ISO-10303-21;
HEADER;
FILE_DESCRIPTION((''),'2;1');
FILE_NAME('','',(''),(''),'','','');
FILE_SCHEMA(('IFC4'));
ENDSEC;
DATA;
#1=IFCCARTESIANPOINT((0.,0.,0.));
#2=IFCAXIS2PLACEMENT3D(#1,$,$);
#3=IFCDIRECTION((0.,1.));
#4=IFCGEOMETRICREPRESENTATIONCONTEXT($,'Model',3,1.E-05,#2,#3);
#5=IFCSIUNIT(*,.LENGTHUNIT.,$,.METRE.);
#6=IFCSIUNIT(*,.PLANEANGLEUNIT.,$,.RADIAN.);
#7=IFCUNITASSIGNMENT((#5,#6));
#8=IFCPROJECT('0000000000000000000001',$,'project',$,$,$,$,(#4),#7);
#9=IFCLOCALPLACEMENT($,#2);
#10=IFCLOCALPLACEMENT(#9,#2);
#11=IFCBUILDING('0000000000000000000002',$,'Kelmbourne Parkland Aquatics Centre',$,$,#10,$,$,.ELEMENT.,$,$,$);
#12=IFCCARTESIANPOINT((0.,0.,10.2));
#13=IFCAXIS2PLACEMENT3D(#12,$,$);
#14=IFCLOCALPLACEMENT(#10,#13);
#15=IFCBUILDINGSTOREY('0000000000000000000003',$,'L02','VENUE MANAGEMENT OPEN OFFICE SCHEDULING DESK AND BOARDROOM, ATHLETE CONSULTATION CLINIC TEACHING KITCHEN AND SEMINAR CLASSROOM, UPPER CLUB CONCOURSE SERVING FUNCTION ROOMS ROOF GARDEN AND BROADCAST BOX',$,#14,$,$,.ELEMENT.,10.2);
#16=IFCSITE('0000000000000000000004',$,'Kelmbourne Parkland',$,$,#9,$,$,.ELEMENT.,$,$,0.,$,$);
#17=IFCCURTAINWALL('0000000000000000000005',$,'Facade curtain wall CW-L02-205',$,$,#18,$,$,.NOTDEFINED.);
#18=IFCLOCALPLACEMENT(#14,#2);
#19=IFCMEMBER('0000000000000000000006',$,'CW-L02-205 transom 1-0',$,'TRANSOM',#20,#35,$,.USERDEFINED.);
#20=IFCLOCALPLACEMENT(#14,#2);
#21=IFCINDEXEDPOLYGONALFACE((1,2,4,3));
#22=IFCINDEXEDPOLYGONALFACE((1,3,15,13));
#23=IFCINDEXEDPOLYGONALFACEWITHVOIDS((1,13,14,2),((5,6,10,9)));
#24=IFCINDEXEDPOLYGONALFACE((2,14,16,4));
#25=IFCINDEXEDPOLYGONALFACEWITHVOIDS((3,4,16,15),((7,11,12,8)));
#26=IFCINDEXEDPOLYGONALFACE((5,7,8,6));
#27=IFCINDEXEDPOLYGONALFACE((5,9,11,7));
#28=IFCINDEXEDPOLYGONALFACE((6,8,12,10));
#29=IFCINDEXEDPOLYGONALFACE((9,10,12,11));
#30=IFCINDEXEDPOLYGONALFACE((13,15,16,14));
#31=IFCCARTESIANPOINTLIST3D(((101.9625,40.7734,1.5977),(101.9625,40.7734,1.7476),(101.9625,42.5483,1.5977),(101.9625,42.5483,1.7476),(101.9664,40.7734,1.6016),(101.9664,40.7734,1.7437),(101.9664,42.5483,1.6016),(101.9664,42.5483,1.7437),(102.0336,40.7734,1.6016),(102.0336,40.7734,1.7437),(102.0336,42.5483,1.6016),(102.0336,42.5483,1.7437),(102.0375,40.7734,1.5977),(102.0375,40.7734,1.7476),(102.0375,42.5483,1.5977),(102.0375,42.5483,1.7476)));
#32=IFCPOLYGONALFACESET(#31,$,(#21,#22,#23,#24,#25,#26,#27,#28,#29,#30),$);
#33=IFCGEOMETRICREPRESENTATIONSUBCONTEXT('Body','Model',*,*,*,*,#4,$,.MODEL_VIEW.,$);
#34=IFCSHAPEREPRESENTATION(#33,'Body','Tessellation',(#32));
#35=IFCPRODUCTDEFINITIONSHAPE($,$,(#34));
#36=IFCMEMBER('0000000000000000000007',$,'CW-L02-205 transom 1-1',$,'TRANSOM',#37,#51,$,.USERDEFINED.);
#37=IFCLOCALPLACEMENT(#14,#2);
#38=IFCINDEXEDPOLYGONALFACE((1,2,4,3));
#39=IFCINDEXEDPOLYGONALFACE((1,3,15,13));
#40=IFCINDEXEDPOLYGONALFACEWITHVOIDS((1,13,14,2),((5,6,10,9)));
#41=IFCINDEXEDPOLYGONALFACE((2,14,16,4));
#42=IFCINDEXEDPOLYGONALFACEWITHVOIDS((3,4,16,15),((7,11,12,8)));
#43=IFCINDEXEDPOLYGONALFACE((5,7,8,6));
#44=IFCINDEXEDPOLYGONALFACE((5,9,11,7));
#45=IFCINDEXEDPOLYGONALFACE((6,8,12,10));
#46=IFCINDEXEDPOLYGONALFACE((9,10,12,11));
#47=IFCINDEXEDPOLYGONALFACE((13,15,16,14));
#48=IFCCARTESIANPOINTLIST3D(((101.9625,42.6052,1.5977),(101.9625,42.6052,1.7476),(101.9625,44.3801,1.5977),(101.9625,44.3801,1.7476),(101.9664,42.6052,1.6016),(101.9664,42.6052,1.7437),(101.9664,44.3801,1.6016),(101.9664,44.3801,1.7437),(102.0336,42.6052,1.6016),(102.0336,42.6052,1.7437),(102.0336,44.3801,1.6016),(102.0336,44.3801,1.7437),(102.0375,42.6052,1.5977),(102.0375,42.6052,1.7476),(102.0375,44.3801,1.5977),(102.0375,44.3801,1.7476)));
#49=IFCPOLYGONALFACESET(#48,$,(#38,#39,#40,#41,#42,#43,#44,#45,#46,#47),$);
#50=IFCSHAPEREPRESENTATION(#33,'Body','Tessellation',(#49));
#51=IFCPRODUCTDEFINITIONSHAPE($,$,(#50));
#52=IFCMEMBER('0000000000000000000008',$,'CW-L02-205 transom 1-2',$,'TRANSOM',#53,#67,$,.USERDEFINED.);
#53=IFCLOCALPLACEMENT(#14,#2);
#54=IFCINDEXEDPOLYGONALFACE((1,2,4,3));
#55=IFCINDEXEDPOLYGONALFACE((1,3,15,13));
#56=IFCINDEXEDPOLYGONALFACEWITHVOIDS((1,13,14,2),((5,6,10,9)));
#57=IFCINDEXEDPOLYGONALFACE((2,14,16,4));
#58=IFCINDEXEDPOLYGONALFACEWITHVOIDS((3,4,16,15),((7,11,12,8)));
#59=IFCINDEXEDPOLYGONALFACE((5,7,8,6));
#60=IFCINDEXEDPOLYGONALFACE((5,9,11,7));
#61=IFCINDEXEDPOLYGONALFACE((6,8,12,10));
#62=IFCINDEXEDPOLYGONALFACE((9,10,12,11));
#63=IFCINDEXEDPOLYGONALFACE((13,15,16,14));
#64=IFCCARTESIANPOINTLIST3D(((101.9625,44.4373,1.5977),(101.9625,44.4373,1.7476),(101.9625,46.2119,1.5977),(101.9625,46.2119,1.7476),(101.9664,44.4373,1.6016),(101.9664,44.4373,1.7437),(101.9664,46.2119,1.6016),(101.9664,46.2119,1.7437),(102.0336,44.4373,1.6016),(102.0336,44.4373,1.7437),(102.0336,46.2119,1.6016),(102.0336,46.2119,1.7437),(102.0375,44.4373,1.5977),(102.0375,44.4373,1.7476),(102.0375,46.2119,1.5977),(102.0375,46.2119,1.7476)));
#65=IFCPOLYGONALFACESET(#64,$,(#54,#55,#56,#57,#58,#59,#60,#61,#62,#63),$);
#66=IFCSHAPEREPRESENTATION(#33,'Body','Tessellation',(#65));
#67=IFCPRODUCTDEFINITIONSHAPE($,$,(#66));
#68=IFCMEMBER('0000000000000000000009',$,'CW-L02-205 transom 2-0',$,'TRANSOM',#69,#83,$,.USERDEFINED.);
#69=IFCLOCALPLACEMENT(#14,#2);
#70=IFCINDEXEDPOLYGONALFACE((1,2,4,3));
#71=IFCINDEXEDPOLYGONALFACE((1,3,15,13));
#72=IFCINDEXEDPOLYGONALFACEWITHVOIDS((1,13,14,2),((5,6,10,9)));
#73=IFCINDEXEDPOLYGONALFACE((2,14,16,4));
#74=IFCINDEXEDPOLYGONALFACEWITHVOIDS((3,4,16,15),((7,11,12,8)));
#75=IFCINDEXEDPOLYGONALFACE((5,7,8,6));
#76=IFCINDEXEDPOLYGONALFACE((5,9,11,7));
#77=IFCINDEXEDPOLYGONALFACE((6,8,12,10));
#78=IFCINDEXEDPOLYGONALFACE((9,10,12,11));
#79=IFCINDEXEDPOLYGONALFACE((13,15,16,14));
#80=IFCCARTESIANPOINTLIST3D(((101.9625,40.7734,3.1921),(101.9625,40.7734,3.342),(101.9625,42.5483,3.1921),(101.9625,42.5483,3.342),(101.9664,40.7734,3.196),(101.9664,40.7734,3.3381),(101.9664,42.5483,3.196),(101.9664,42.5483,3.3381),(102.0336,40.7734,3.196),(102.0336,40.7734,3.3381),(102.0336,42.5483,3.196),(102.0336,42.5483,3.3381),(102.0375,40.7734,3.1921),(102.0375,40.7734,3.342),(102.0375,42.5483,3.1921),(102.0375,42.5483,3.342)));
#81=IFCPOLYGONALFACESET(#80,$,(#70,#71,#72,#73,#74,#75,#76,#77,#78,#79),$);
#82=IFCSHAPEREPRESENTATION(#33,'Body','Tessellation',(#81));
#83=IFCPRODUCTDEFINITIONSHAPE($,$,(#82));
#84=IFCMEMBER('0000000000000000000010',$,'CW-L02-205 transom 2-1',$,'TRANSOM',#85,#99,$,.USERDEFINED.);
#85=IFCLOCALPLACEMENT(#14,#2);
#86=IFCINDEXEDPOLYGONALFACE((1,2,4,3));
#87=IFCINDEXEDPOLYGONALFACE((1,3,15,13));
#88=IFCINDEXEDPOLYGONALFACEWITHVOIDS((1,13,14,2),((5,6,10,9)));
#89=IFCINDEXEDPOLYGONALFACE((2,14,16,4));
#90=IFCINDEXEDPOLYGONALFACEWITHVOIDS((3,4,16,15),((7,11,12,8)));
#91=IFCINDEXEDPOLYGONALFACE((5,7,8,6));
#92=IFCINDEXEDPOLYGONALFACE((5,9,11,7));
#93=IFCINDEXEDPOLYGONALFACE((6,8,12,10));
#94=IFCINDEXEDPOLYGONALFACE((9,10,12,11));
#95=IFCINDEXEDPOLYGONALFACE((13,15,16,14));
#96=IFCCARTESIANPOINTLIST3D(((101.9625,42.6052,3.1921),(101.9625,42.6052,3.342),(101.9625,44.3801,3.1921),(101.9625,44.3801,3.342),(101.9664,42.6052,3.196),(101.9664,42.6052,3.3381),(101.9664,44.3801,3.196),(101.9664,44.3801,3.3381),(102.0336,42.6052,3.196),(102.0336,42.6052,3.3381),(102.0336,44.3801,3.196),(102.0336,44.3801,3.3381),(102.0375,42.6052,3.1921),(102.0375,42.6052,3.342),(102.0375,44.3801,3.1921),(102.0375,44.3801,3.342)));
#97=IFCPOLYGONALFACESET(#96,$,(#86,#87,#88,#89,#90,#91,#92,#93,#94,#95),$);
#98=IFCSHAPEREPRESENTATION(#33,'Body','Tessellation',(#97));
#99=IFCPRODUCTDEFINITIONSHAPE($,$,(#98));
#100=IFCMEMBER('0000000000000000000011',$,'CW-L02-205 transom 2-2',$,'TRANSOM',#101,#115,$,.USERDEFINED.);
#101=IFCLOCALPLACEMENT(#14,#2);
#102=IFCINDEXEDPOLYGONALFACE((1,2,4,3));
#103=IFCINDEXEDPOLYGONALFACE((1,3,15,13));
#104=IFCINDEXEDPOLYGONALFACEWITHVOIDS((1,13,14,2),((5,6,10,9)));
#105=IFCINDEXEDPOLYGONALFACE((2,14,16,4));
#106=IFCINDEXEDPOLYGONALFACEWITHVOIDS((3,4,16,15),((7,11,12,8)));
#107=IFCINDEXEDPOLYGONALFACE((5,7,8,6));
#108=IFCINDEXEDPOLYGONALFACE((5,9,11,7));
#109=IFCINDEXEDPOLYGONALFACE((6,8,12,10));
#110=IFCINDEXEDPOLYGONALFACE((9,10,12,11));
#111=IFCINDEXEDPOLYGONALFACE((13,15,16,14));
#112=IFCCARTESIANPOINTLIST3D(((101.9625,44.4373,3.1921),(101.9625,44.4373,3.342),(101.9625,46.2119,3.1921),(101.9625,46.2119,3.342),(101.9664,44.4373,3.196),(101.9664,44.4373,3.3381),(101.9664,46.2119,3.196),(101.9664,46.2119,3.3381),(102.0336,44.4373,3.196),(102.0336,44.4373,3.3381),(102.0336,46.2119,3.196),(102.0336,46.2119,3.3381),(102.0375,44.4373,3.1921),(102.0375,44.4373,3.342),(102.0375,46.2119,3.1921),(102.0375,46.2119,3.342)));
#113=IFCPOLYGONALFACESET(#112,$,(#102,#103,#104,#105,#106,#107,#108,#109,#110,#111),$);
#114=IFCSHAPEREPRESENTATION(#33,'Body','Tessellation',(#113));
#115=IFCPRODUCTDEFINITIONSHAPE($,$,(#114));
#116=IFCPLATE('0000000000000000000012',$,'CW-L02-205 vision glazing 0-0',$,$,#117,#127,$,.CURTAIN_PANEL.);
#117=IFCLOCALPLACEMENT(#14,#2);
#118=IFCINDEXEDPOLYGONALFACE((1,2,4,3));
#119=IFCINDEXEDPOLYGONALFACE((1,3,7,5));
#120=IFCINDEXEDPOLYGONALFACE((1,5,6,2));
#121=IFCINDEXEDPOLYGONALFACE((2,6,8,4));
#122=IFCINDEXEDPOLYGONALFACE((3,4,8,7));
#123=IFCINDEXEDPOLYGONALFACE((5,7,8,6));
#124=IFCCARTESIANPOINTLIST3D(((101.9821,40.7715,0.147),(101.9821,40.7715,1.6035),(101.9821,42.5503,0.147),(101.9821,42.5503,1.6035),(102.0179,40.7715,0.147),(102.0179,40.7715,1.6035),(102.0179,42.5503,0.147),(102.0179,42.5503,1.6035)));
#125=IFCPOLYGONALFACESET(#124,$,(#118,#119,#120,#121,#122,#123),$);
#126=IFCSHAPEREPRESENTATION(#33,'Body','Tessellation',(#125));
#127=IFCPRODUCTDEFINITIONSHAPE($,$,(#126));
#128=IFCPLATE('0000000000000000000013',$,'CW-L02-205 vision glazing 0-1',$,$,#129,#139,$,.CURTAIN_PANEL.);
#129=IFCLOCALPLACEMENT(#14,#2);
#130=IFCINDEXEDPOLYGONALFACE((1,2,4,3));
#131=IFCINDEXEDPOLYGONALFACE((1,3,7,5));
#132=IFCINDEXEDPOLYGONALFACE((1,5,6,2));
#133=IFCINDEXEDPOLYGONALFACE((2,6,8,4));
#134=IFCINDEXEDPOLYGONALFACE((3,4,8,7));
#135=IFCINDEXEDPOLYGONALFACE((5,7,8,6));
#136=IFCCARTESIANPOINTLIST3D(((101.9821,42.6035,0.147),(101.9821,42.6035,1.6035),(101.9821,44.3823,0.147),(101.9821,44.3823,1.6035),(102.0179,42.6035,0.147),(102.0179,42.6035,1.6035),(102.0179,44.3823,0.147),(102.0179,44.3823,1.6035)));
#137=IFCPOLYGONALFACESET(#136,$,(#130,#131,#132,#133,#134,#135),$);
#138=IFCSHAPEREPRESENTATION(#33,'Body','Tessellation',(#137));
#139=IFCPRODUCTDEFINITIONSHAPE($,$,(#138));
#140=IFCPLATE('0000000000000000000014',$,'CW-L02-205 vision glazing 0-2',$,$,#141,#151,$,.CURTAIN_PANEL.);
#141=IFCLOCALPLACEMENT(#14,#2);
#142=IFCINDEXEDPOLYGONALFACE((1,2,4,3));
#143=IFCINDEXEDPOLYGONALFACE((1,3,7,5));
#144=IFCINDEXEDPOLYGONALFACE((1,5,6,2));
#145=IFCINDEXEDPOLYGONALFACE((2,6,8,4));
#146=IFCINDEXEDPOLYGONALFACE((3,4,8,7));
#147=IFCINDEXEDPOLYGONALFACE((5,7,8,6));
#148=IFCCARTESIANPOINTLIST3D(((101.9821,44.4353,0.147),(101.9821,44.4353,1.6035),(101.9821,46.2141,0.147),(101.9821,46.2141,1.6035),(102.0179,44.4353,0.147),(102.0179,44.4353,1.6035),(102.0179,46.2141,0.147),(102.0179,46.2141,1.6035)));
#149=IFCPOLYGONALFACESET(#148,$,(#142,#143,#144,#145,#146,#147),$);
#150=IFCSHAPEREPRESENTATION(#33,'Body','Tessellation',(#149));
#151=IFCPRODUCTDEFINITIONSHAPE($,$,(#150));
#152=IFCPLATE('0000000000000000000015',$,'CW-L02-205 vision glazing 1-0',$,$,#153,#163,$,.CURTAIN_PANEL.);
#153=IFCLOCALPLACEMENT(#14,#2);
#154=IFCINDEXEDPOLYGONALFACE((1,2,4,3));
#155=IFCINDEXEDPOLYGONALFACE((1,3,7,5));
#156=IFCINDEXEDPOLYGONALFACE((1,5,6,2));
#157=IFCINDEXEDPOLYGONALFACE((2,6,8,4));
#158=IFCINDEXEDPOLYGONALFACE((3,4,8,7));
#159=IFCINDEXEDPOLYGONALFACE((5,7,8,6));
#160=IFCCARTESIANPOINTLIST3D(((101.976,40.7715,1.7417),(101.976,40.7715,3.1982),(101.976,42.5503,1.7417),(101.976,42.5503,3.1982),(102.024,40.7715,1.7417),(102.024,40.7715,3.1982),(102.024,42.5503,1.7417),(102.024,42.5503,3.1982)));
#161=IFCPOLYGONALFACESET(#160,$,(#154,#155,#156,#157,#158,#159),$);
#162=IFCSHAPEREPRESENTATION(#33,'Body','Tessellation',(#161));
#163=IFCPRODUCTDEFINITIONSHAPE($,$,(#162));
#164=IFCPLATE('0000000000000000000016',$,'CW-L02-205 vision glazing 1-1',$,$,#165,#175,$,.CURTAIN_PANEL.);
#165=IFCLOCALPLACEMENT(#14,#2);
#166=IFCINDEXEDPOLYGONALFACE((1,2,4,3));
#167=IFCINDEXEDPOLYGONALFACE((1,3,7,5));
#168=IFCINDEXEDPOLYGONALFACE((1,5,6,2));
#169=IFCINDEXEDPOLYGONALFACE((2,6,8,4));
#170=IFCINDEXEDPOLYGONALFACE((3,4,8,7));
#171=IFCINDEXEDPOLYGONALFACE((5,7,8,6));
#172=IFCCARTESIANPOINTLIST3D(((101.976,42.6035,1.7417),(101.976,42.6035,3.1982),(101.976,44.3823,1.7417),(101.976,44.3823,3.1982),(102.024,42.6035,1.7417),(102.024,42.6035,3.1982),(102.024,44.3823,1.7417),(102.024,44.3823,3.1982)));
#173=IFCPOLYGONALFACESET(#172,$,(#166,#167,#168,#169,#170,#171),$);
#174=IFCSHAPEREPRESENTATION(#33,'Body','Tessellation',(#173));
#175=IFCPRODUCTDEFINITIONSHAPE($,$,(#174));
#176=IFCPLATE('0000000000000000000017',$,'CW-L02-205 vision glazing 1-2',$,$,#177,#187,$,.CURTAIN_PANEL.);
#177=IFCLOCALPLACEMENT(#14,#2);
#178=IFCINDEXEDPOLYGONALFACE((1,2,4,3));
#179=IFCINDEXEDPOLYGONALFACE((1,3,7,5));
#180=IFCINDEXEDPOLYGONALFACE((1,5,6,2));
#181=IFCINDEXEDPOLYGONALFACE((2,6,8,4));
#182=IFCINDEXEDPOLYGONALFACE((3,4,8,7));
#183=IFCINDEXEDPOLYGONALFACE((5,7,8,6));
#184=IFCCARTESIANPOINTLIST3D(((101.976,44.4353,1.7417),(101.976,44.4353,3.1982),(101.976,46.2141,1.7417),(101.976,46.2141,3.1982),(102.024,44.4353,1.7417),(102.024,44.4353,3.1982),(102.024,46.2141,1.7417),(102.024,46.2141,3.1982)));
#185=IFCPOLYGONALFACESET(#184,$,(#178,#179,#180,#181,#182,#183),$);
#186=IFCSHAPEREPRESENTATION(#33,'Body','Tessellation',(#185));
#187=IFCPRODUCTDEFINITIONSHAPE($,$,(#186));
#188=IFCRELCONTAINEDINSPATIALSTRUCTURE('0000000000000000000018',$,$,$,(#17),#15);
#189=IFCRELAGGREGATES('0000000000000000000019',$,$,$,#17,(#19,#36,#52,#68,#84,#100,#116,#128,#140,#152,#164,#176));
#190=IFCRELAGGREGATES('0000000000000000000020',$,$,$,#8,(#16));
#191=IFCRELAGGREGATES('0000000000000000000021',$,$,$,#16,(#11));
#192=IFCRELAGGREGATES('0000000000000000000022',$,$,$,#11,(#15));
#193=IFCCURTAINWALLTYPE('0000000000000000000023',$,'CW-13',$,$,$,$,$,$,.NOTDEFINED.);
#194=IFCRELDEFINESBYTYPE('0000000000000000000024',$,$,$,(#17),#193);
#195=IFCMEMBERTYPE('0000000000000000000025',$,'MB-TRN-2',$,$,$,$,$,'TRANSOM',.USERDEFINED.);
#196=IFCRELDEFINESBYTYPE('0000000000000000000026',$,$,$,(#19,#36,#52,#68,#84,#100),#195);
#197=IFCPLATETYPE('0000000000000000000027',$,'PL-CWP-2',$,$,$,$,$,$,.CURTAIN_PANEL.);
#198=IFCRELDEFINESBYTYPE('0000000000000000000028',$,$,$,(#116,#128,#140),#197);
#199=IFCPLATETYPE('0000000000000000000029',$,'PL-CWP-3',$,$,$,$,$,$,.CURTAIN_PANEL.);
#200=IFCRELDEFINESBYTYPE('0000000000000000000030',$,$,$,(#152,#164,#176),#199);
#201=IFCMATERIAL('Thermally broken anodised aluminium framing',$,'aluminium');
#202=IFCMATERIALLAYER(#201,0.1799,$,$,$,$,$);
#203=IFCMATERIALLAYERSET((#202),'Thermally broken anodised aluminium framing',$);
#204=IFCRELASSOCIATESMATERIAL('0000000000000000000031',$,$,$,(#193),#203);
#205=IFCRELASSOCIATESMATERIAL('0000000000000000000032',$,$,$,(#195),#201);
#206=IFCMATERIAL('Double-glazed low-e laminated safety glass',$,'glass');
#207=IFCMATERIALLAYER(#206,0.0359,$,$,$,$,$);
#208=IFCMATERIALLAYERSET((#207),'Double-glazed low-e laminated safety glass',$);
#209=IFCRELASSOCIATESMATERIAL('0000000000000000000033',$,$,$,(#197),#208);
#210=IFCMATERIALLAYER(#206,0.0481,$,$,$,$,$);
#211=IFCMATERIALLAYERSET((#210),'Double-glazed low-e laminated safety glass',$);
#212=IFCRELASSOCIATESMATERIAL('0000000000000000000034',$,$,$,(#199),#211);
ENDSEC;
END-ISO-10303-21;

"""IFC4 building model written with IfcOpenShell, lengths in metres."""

from ifc_helpers import new_model, si_unit, direction, frame, origin, origin_2d, place, context, subcontext, project, spatial, rectangle, hollow_rectangle, extrude, material, layer, layer_set, material_profile, profile_set, type_object, element, aggregate, save


model = new_model("IFC4")

# Units and contexts
model_context = context("Model", 3, precision=1e-05, world=origin(), true_north=direction((0.0, 1.0)))
body_context = subcontext(model_context, "Body", "Model", "MODEL_VIEW")
ifc_project = project(units=[si_unit("LENGTHUNIT", "METRE"), si_unit("PLANEANGLEUNIT", "RADIAN")], contexts=[model_context])

# Site, building, storey
site_placement = place(None, origin())
site = spatial("IfcSite", under=ifc_project, at=site_placement, Name="Kelmbourne Parkland", CompositionType="ELEMENT", RefElevation=0.0)
building_placement = place(site_placement, origin())
building = spatial("IfcBuilding", under=site, at=building_placement, Name="Kelmbourne Parkland Aquatics Centre", CompositionType="ELEMENT")
storey_placement = place(building_placement, frame((0.0, 0.0, 10.2)))
storey = spatial("IfcBuildingStorey", under=building, at=storey_placement, Name="L02", Description="VENUE MANAGEMENT OPEN OFFICE SCHEDULING DESK AND BOARDROOM, ATHLETE CONSULTATION CLINIC TEACHING KITCHEN AND SEMINAR CLASSROOM, UPPER CLUB CONCOURSE SERVING FUNCTION ROOMS ROOF GARDEN AND BROADCAST BOX", CompositionType="ELEMENT", Elevation=10.2)

# Curtain wall, members, plates
ifc_material_1 = material(Name="Thermally broken anodised aluminium framing", Category="aluminium")
ifc_layer_1 = layer(ifc_material_1, 0.1799)
ifc_layer_set_1 = layer_set([ifc_layer_1], Name="Thermally broken anodised aluminium framing")
curtain_wall_type = type_object("IfcCurtainWallType", Name="CW-13", PredefinedType="NOTDEFINED", material=ifc_layer_set_1)
curtain_wall_placement = place(storey_placement, origin())
curtain_wall = element("IfcCurtainWall", 1, at=curtain_wall_placement, inside=storey, type_object=curtain_wall_type, Name="Facade curtain wall CW-L02-205", PredefinedType="NOTDEFINED")
ifc_material_profile_1 = material_profile(ifc_material_1, hollow_rectangle(XDim=0.075, YDim=0.1499, WallThickness=0.0039, at=origin_2d()), Name="CW-T 75x150")
ifc_profile_set_1 = profile_set([ifc_material_profile_1], Name="Thermally broken anodised aluminium framing")
member_type_1 = type_object("IfcMemberType", Name="MB-TRN-2", ElementType="TRANSOM", PredefinedType="USERDEFINED", material=ifc_profile_set_1)
member_1_placement = place(storey_placement, frame((102.0, 40.7734, 1.6726), z_axis=(0.0, 1.0, 0.0), x_axis=(-1.0, 0.0, 0.0)))
member_1 = element("IfcMember", 2, at=member_1_placement, type_object=member_type_1, Name="CW-L02-205 transom 1-0", ObjectType="TRANSOM", PredefinedType="USERDEFINED", context=body_context, shape_type="SweptSolid", body=[
    extrude(hollow_rectangle(XDim=0.075, YDim=0.1499, WallThickness=0.0039, at=origin_2d()), origin(), (0.0, 0.0, 1.0), 1.7749),
])
member_2_placement = place(storey_placement, frame((102.0, 42.6052, 1.6726), z_axis=(0.0, 1.0, 0.0), x_axis=(-1.0, 0.0, 0.0)))
member_2 = element("IfcMember", 3, at=member_2_placement, type_object=member_type_1, Name="CW-L02-205 transom 1-1", ObjectType="TRANSOM", PredefinedType="USERDEFINED", context=body_context, shape_type="SweptSolid", body=[
    extrude(hollow_rectangle(XDim=0.075, YDim=0.1499, WallThickness=0.0039, at=origin_2d()), origin(), (0.0, 0.0, 1.0), 1.7749),
])
member_3_placement = place(storey_placement, frame((102.0, 44.4373, 1.6726), z_axis=(0.0, 1.0, 0.0), x_axis=(-1.0, 0.0, 0.0)))
member_3 = element("IfcMember", 4, at=member_3_placement, type_object=member_type_1, Name="CW-L02-205 transom 1-2", ObjectType="TRANSOM", PredefinedType="USERDEFINED", context=body_context, shape_type="SweptSolid", body=[
    extrude(hollow_rectangle(XDim=0.075, YDim=0.1499, WallThickness=0.0039, at=origin_2d()), origin(), (0.0, 0.0, 1.0), 1.7747),
])
member_4_placement = place(storey_placement, frame((102.0, 40.7734, 3.2671), z_axis=(0.0, 1.0, 0.0), x_axis=(-1.0, 0.0, 0.0)))
member_4 = element("IfcMember", 5, at=member_4_placement, type_object=member_type_1, Name="CW-L02-205 transom 2-0", ObjectType="TRANSOM", PredefinedType="USERDEFINED", context=body_context, shape_type="SweptSolid", body=[
    extrude(hollow_rectangle(XDim=0.075, YDim=0.1499, WallThickness=0.0039, at=origin_2d()), origin(), (0.0, 0.0, 1.0), 1.7749),
])
member_5_placement = place(storey_placement, frame((102.0, 42.6052, 3.2671), z_axis=(0.0, 1.0, 0.0), x_axis=(-1.0, 0.0, 0.0)))
member_5 = element("IfcMember", 6, at=member_5_placement, type_object=member_type_1, Name="CW-L02-205 transom 2-1", ObjectType="TRANSOM", PredefinedType="USERDEFINED", context=body_context, shape_type="SweptSolid", body=[
    extrude(hollow_rectangle(XDim=0.075, YDim=0.1499, WallThickness=0.0039, at=origin_2d()), origin(), (0.0, 0.0, 1.0), 1.7749),
])
member_6_placement = place(storey_placement, frame((102.0, 44.4373, 3.2671), z_axis=(0.0, 1.0, 0.0), x_axis=(-1.0, 0.0, 0.0)))
member_6 = element("IfcMember", 7, at=member_6_placement, type_object=member_type_1, Name="CW-L02-205 transom 2-2", ObjectType="TRANSOM", PredefinedType="USERDEFINED", context=body_context, shape_type="SweptSolid", body=[
    extrude(hollow_rectangle(XDim=0.075, YDim=0.1499, WallThickness=0.0039, at=origin_2d()), origin(), (0.0, 0.0, 1.0), 1.7747),
])
ifc_material_2 = material(Name="Double-glazed low-e laminated safety glass", Category="glass")
ifc_layer_2 = layer(ifc_material_2, 0.0359)
ifc_layer_set_2 = layer_set([ifc_layer_2], Name="Double-glazed low-e laminated safety glass")
plate_type_1 = type_object("IfcPlateType", Name="PL-CWP-2", PredefinedType="CURTAIN_PANEL", material=ifc_layer_set_2)
plate_1_placement = place(storey_placement, frame((102.0, 41.6609, 0.147), z_axis=(0.0, 0.0, 1.0), x_axis=(0.0, 1.0, 0.0)))
plate_1 = element("IfcPlate", 8, at=plate_1_placement, type_object=plate_type_1, Name="CW-L02-205 vision glazing 0-0", PredefinedType="CURTAIN_PANEL", context=body_context, shape_type="SweptSolid", body=[
    extrude(rectangle(XDim=1.7788, YDim=0.0359, at=origin_2d()), origin(), (0.0, 0.0, 1.0), 1.4565),
])
plate_2_placement = place(storey_placement, frame((102.0, 43.4929, 0.147), z_axis=(0.0, 0.0, 1.0), x_axis=(0.0, 1.0, 0.0)))
plate_2 = element("IfcPlate", 9, at=plate_2_placement, type_object=plate_type_1, Name="CW-L02-205 vision glazing 0-1", PredefinedType="CURTAIN_PANEL", context=body_context, shape_type="SweptSolid", body=[
    extrude(rectangle(XDim=1.7788, YDim=0.0359, at=origin_2d()), origin(), (0.0, 0.0, 1.0), 1.4565),
])
plate_3_placement = place(storey_placement, frame((102.0, 45.3247, 0.147), z_axis=(0.0, 0.0, 1.0), x_axis=(0.0, 1.0, 0.0)))
plate_3 = element("IfcPlate", 10, at=plate_3_placement, type_object=plate_type_1, Name="CW-L02-205 vision glazing 0-2", PredefinedType="CURTAIN_PANEL", context=body_context, shape_type="SweptSolid", body=[
    extrude(rectangle(XDim=1.7788, YDim=0.0359, at=origin_2d()), origin(), (0.0, 0.0, 1.0), 1.4565),
])
ifc_layer_3 = layer(ifc_material_2, 0.0481)
ifc_layer_set_3 = layer_set([ifc_layer_3], Name="Double-glazed low-e laminated safety glass")
plate_type_2 = type_object("IfcPlateType", Name="PL-CWP-3", PredefinedType="CURTAIN_PANEL", material=ifc_layer_set_3)
plate_4_placement = place(storey_placement, frame((102.0, 41.6609, 1.7417), z_axis=(0.0, 0.0, 1.0), x_axis=(0.0, 1.0, 0.0)))
plate_4 = element("IfcPlate", 11, at=plate_4_placement, type_object=plate_type_2, Name="CW-L02-205 vision glazing 1-0", PredefinedType="CURTAIN_PANEL", context=body_context, shape_type="SweptSolid", body=[
    extrude(rectangle(XDim=1.7788, YDim=0.0481, at=origin_2d()), origin(), (0.0, 0.0, 1.0), 1.4565),
])
plate_5_placement = place(storey_placement, frame((102.0, 43.4929, 1.7417), z_axis=(0.0, 0.0, 1.0), x_axis=(0.0, 1.0, 0.0)))
plate_5 = element("IfcPlate", 12, at=plate_5_placement, type_object=plate_type_2, Name="CW-L02-205 vision glazing 1-1", PredefinedType="CURTAIN_PANEL", context=body_context, shape_type="SweptSolid", body=[
    extrude(rectangle(XDim=1.7788, YDim=0.0481, at=origin_2d()), origin(), (0.0, 0.0, 1.0), 1.4565),
])
plate_6_placement = place(storey_placement, frame((102.0, 45.3247, 1.7417), z_axis=(0.0, 0.0, 1.0), x_axis=(0.0, 1.0, 0.0)))
plate_6 = element("IfcPlate", 13, at=plate_6_placement, type_object=plate_type_2, Name="CW-L02-205 vision glazing 1-2", PredefinedType="CURTAIN_PANEL", context=body_context, shape_type="SweptSolid", body=[
    extrude(rectangle(XDim=1.7788, YDim=0.0481, at=origin_2d()), origin(), (0.0, 0.0, 1.0), 1.4565),
])
aggregate(curtain_wall, [member_1, member_2, member_3, member_4, member_5, member_6, plate_1, plate_2, plate_3, plate_4, plate_5, plate_6])

save(model, "model.ifc")
